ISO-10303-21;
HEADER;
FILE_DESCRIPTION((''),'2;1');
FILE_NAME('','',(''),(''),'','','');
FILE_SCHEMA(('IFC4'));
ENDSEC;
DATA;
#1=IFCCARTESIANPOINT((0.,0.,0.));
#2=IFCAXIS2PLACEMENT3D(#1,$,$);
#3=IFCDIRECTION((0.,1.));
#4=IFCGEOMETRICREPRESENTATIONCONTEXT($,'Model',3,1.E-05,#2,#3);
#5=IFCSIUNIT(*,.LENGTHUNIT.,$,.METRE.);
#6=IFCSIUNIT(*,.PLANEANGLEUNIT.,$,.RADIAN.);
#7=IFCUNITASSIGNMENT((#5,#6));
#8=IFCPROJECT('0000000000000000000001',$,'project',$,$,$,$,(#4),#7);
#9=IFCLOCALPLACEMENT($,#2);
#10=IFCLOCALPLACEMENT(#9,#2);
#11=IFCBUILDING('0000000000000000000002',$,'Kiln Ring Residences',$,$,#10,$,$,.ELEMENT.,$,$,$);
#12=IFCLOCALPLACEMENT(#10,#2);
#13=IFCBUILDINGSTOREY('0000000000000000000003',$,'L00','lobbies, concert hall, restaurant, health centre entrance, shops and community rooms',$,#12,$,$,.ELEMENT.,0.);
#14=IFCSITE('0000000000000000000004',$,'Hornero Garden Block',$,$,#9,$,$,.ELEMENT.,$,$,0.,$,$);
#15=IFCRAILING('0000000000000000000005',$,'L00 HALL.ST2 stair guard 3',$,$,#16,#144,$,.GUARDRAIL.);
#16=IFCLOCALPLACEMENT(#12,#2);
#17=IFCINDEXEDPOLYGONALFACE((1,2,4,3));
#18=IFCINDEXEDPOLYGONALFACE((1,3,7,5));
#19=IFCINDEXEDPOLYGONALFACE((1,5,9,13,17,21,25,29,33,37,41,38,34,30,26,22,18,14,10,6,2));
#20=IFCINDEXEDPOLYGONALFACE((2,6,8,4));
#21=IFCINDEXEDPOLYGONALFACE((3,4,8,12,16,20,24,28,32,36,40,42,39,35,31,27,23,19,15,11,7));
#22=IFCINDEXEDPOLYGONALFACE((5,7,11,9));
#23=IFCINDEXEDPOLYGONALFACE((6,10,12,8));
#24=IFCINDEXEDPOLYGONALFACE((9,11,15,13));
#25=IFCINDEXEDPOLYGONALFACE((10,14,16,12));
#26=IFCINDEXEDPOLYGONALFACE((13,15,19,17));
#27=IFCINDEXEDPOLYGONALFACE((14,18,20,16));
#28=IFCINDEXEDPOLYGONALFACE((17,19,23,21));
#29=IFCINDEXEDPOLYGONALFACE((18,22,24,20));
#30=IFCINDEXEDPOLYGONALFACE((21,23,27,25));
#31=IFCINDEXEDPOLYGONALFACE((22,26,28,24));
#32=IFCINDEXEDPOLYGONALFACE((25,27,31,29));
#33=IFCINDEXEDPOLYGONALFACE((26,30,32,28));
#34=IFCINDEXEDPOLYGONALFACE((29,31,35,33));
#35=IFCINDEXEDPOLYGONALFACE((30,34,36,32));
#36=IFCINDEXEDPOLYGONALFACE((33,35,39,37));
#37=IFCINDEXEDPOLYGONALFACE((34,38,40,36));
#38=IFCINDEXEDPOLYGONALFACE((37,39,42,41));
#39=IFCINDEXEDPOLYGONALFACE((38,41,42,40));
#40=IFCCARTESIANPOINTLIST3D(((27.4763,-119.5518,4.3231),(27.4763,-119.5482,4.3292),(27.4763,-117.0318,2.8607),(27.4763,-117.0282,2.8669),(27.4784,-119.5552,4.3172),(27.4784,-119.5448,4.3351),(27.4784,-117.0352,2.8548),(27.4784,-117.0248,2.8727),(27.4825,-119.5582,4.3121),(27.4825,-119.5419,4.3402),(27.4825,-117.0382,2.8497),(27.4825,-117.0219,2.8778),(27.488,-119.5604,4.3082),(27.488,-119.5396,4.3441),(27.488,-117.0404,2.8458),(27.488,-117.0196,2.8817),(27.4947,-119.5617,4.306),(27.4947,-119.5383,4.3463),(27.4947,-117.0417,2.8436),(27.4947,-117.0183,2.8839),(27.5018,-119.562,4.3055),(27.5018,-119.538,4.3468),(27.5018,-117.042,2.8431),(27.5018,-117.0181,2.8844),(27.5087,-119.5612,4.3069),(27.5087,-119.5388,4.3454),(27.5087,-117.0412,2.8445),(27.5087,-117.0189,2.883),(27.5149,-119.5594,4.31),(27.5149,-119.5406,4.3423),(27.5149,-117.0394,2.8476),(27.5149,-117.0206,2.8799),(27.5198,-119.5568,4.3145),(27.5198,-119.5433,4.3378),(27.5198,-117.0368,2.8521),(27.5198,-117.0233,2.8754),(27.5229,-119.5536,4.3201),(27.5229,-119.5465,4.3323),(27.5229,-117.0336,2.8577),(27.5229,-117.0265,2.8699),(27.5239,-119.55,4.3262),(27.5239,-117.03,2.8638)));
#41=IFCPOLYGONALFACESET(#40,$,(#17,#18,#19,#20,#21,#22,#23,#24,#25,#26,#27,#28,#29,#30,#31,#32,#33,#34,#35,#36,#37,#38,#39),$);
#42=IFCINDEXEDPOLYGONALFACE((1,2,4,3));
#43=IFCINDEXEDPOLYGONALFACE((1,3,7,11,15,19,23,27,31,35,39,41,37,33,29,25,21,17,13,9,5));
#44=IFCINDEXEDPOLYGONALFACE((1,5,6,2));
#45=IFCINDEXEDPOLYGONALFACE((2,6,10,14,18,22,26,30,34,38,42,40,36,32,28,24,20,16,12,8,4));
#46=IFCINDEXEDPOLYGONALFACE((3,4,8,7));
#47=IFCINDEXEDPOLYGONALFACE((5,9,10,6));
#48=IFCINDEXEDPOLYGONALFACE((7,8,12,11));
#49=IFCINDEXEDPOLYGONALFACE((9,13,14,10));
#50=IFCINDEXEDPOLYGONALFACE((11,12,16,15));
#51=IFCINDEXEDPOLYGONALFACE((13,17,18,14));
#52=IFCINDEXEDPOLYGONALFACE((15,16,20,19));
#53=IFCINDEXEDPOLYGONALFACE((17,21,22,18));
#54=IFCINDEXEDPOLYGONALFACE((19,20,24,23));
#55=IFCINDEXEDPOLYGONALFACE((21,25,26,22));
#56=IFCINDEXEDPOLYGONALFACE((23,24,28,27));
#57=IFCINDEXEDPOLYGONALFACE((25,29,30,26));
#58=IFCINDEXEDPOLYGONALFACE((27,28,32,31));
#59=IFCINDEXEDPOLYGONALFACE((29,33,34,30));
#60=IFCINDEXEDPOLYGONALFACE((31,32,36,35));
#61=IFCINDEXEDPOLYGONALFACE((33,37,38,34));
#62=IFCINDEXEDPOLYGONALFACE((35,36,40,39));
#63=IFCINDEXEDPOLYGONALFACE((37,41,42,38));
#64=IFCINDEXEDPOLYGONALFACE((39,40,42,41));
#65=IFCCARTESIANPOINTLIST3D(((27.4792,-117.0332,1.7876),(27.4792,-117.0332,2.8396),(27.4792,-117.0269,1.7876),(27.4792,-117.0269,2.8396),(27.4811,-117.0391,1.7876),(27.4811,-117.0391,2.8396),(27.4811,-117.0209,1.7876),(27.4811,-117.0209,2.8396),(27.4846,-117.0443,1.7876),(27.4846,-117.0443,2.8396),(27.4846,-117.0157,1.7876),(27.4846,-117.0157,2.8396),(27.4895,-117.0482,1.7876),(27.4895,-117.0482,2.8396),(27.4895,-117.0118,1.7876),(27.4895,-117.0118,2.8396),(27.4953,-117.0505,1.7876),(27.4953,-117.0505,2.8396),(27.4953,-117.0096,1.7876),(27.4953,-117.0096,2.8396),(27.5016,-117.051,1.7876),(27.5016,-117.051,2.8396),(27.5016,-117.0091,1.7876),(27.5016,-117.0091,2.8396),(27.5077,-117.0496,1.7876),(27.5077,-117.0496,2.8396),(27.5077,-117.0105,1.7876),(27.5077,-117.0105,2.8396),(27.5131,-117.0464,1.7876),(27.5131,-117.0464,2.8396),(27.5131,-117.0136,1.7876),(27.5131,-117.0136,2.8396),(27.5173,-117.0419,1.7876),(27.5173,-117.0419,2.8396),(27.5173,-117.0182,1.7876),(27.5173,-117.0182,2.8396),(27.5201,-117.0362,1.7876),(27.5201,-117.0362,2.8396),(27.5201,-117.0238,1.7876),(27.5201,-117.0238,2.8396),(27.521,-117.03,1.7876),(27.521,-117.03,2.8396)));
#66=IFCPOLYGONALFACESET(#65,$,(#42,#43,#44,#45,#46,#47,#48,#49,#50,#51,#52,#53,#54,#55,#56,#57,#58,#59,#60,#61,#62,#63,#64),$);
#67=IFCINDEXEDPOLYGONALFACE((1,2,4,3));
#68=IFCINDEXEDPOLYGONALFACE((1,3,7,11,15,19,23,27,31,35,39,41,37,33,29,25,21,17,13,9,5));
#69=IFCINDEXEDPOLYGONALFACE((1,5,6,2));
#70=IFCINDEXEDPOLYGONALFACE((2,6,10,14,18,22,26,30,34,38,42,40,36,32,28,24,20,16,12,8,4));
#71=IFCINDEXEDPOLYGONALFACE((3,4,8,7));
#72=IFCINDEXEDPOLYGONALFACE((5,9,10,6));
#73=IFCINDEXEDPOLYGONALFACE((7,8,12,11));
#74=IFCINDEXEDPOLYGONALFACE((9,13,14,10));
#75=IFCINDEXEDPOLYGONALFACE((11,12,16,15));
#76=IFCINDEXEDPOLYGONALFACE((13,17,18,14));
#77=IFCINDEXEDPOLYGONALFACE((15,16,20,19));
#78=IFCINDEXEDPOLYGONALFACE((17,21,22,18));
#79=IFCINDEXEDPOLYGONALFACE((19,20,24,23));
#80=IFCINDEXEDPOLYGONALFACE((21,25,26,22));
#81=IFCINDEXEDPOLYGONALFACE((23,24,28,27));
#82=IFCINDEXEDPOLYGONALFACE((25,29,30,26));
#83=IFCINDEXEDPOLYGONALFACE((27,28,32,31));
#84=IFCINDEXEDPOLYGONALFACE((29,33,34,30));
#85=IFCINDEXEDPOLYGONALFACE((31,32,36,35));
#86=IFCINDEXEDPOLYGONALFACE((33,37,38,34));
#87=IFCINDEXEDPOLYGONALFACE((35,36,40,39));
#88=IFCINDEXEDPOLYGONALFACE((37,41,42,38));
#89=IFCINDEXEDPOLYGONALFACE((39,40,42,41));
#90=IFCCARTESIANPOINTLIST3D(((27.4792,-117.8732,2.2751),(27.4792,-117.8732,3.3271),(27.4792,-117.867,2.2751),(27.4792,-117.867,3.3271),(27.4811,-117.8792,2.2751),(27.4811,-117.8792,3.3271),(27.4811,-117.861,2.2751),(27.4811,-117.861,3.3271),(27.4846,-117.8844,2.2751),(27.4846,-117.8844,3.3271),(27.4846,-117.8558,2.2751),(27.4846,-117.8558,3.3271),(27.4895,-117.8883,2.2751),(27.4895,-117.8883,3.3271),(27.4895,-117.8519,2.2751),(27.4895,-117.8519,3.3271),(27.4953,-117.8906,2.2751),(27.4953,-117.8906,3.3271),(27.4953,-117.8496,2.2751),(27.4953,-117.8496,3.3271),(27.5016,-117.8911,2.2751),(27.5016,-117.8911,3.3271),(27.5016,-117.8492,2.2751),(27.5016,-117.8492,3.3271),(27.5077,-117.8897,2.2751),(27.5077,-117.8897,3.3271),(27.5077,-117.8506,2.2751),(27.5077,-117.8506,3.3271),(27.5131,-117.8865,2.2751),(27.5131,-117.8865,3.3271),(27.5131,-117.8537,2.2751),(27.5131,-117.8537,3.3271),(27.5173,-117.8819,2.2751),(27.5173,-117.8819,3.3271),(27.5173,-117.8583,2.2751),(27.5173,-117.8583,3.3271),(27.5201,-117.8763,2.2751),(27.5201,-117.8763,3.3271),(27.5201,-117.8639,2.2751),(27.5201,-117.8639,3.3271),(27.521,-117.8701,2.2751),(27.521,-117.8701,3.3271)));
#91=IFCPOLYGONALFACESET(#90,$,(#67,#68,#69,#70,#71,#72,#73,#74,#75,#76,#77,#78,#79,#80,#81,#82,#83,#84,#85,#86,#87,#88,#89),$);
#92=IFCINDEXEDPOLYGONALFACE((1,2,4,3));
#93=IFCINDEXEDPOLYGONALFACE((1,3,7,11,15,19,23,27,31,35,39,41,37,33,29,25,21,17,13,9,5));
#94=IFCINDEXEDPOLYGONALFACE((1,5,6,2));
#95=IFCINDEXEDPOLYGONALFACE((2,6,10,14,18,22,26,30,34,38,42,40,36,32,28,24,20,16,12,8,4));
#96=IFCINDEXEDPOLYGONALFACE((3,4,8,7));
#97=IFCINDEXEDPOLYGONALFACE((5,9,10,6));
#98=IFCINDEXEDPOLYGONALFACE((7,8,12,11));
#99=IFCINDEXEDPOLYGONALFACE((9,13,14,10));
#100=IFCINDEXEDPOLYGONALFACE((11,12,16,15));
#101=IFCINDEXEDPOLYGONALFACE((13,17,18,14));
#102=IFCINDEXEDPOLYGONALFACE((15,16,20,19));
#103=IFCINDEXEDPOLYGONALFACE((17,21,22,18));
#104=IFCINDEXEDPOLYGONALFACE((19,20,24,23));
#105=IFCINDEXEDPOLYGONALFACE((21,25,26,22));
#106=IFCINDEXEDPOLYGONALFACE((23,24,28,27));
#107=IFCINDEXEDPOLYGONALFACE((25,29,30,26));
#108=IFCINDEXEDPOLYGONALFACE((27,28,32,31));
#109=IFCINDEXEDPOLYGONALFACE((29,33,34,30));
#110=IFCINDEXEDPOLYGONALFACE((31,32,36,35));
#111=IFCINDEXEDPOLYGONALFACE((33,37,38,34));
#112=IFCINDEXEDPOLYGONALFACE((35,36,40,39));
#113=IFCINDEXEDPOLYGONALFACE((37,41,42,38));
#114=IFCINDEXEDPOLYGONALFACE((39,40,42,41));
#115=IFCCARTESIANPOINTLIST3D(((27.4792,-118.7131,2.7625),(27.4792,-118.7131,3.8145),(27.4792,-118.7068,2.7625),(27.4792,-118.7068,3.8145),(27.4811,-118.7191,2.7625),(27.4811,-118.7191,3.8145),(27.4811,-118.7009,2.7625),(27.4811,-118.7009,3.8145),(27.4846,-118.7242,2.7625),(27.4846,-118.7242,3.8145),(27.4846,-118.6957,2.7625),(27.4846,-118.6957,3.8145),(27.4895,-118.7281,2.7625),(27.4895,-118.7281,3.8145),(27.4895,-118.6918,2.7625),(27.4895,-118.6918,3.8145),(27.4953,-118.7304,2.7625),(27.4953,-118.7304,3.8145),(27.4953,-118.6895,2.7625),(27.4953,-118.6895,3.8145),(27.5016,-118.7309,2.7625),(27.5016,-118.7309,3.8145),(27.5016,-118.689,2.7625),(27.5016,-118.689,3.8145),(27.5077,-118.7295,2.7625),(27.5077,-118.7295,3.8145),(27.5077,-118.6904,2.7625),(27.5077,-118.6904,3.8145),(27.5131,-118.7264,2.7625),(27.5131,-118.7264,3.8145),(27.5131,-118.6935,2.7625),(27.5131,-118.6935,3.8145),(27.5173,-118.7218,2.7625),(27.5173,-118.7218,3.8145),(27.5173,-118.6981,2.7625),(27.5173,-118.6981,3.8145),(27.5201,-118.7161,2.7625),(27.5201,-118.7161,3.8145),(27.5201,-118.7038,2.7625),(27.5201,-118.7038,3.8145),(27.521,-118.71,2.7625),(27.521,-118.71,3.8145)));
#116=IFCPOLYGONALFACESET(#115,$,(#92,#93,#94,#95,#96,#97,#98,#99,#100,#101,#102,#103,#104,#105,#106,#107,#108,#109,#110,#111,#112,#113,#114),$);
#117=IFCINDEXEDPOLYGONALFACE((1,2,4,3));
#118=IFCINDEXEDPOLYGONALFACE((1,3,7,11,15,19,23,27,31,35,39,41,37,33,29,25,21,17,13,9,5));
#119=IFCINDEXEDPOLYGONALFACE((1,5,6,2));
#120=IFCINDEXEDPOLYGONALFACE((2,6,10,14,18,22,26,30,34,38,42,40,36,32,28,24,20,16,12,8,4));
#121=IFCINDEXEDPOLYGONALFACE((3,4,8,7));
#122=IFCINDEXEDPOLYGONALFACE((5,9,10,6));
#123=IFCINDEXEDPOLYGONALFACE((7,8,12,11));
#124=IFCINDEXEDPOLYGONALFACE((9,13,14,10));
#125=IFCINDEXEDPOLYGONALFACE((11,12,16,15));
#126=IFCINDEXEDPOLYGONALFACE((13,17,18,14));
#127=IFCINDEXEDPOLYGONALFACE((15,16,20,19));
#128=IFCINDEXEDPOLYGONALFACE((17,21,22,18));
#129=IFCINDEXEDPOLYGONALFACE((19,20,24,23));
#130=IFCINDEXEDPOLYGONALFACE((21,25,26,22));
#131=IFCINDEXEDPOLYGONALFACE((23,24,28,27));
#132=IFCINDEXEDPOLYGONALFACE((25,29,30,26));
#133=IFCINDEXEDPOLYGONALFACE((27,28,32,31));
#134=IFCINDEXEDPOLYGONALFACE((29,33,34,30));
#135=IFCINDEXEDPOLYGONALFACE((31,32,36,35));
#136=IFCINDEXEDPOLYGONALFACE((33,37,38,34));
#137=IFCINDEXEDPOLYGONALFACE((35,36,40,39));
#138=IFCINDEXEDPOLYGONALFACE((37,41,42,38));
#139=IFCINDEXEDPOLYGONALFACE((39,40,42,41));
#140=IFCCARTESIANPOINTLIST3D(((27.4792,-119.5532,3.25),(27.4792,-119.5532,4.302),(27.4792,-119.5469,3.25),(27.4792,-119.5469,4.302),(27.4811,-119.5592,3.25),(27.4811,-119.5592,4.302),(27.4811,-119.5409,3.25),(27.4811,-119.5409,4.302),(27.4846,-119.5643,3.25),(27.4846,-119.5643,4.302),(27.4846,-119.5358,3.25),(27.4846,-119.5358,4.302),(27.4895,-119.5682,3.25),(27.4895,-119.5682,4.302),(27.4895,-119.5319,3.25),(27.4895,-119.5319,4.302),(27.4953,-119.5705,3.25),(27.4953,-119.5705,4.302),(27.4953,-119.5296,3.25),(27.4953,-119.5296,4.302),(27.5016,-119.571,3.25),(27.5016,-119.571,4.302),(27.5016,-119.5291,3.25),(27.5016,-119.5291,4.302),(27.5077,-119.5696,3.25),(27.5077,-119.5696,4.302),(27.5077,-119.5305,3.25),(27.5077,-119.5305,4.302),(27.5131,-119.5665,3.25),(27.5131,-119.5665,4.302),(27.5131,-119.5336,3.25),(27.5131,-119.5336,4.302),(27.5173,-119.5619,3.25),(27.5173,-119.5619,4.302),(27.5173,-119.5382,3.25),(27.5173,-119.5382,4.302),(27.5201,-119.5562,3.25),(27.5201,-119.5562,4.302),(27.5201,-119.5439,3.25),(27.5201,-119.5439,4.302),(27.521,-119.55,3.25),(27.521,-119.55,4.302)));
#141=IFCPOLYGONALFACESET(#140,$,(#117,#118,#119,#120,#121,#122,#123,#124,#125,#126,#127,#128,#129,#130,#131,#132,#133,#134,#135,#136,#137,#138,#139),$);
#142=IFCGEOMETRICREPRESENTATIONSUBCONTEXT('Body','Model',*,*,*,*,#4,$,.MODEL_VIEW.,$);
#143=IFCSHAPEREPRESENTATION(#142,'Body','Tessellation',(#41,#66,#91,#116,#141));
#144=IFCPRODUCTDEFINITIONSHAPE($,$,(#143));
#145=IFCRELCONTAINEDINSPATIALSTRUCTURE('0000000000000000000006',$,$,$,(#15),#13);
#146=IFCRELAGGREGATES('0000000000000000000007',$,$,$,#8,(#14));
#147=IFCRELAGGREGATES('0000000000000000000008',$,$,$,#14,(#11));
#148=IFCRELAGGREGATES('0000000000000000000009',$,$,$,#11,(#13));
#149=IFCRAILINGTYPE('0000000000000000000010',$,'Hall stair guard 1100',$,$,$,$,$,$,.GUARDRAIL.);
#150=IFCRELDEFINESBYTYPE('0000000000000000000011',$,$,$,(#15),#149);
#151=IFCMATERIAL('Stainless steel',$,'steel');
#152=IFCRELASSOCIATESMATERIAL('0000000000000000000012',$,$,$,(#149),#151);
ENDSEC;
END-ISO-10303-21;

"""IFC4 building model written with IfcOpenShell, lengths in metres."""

from ifc_helpers import new_model, si_unit, direction, frame, origin, origin_2d, place, context, subcontext, project, spatial, circle, extrude, material, type_object, element, save


model = new_model("IFC4")

# Units and contexts
model_context = context("Model", 3, precision=1e-05, world=origin(), true_north=direction((0.0, 1.0)))
body_context = subcontext(model_context, "Body", "Model", "MODEL_VIEW")
ifc_project = project(units=[si_unit("LENGTHUNIT", "METRE"), si_unit("PLANEANGLEUNIT", "RADIAN")], contexts=[model_context])

# Site, building, storey
site_placement = place(None, origin())
site = spatial("IfcSite", under=ifc_project, at=site_placement, Name="Hornero Garden Block", CompositionType="ELEMENT", RefElevation=0.0)
building_placement = place(site_placement, origin())
building = spatial("IfcBuilding", under=site, at=building_placement, Name="Kiln Ring Residences", CompositionType="ELEMENT")
storey_placement = place(building_placement, origin())
storey = spatial("IfcBuildingStorey", under=building, at=storey_placement, Name="L00", Description="lobbies, concert hall, restaurant, health centre entrance, shops and community rooms", CompositionType="ELEMENT", Elevation=0.0)

# Railing
ifc_material_1 = material(Name="Stainless steel", Category="steel")
railing_type_1 = type_object("IfcRailingType", Name="Hall stair guard 1100", PredefinedType="GUARDRAIL", material=ifc_material_1)
railing_1_placement = place(storey_placement, frame((27.5, -117.03, 1.7876)))
element("IfcRailing", 1, at=railing_1_placement, inside=storey, type_object=railing_type_1, Name="L00 HALL.ST2 stair guard 3", PredefinedType="GUARDRAIL", context=body_context, shape_type="SweptSolid", body=[
    extrude(circle(Radius=0.0239, at=origin_2d()), frame((0.0, 0.0, 1.0762), z_axis=(0.0, -0.864913, 0.501921), x_axis=(1.0, 0.0, 0.0)), (0.0, 0.0, 1.0), 2.9136),
    extrude(circle(Radius=0.021, at=origin_2d()), origin(), (0.0, 0.0, 1.0), 1.052),
    extrude(circle(Radius=0.021, at=origin_2d()), frame((0.0, -0.8401, 0.4875)), (0.0, 0.0, 1.0), 1.052),
    extrude(circle(Radius=0.021, at=origin_2d()), frame((0.0, -1.6799, 0.9749)), (0.0, 0.0, 1.0), 1.052),
    extrude(circle(Radius=0.021, at=origin_2d()), frame((0.0, -2.52, 1.4624)), (0.0, 0.0, 1.0), 1.052),
])

save(model, "model.ifc")
